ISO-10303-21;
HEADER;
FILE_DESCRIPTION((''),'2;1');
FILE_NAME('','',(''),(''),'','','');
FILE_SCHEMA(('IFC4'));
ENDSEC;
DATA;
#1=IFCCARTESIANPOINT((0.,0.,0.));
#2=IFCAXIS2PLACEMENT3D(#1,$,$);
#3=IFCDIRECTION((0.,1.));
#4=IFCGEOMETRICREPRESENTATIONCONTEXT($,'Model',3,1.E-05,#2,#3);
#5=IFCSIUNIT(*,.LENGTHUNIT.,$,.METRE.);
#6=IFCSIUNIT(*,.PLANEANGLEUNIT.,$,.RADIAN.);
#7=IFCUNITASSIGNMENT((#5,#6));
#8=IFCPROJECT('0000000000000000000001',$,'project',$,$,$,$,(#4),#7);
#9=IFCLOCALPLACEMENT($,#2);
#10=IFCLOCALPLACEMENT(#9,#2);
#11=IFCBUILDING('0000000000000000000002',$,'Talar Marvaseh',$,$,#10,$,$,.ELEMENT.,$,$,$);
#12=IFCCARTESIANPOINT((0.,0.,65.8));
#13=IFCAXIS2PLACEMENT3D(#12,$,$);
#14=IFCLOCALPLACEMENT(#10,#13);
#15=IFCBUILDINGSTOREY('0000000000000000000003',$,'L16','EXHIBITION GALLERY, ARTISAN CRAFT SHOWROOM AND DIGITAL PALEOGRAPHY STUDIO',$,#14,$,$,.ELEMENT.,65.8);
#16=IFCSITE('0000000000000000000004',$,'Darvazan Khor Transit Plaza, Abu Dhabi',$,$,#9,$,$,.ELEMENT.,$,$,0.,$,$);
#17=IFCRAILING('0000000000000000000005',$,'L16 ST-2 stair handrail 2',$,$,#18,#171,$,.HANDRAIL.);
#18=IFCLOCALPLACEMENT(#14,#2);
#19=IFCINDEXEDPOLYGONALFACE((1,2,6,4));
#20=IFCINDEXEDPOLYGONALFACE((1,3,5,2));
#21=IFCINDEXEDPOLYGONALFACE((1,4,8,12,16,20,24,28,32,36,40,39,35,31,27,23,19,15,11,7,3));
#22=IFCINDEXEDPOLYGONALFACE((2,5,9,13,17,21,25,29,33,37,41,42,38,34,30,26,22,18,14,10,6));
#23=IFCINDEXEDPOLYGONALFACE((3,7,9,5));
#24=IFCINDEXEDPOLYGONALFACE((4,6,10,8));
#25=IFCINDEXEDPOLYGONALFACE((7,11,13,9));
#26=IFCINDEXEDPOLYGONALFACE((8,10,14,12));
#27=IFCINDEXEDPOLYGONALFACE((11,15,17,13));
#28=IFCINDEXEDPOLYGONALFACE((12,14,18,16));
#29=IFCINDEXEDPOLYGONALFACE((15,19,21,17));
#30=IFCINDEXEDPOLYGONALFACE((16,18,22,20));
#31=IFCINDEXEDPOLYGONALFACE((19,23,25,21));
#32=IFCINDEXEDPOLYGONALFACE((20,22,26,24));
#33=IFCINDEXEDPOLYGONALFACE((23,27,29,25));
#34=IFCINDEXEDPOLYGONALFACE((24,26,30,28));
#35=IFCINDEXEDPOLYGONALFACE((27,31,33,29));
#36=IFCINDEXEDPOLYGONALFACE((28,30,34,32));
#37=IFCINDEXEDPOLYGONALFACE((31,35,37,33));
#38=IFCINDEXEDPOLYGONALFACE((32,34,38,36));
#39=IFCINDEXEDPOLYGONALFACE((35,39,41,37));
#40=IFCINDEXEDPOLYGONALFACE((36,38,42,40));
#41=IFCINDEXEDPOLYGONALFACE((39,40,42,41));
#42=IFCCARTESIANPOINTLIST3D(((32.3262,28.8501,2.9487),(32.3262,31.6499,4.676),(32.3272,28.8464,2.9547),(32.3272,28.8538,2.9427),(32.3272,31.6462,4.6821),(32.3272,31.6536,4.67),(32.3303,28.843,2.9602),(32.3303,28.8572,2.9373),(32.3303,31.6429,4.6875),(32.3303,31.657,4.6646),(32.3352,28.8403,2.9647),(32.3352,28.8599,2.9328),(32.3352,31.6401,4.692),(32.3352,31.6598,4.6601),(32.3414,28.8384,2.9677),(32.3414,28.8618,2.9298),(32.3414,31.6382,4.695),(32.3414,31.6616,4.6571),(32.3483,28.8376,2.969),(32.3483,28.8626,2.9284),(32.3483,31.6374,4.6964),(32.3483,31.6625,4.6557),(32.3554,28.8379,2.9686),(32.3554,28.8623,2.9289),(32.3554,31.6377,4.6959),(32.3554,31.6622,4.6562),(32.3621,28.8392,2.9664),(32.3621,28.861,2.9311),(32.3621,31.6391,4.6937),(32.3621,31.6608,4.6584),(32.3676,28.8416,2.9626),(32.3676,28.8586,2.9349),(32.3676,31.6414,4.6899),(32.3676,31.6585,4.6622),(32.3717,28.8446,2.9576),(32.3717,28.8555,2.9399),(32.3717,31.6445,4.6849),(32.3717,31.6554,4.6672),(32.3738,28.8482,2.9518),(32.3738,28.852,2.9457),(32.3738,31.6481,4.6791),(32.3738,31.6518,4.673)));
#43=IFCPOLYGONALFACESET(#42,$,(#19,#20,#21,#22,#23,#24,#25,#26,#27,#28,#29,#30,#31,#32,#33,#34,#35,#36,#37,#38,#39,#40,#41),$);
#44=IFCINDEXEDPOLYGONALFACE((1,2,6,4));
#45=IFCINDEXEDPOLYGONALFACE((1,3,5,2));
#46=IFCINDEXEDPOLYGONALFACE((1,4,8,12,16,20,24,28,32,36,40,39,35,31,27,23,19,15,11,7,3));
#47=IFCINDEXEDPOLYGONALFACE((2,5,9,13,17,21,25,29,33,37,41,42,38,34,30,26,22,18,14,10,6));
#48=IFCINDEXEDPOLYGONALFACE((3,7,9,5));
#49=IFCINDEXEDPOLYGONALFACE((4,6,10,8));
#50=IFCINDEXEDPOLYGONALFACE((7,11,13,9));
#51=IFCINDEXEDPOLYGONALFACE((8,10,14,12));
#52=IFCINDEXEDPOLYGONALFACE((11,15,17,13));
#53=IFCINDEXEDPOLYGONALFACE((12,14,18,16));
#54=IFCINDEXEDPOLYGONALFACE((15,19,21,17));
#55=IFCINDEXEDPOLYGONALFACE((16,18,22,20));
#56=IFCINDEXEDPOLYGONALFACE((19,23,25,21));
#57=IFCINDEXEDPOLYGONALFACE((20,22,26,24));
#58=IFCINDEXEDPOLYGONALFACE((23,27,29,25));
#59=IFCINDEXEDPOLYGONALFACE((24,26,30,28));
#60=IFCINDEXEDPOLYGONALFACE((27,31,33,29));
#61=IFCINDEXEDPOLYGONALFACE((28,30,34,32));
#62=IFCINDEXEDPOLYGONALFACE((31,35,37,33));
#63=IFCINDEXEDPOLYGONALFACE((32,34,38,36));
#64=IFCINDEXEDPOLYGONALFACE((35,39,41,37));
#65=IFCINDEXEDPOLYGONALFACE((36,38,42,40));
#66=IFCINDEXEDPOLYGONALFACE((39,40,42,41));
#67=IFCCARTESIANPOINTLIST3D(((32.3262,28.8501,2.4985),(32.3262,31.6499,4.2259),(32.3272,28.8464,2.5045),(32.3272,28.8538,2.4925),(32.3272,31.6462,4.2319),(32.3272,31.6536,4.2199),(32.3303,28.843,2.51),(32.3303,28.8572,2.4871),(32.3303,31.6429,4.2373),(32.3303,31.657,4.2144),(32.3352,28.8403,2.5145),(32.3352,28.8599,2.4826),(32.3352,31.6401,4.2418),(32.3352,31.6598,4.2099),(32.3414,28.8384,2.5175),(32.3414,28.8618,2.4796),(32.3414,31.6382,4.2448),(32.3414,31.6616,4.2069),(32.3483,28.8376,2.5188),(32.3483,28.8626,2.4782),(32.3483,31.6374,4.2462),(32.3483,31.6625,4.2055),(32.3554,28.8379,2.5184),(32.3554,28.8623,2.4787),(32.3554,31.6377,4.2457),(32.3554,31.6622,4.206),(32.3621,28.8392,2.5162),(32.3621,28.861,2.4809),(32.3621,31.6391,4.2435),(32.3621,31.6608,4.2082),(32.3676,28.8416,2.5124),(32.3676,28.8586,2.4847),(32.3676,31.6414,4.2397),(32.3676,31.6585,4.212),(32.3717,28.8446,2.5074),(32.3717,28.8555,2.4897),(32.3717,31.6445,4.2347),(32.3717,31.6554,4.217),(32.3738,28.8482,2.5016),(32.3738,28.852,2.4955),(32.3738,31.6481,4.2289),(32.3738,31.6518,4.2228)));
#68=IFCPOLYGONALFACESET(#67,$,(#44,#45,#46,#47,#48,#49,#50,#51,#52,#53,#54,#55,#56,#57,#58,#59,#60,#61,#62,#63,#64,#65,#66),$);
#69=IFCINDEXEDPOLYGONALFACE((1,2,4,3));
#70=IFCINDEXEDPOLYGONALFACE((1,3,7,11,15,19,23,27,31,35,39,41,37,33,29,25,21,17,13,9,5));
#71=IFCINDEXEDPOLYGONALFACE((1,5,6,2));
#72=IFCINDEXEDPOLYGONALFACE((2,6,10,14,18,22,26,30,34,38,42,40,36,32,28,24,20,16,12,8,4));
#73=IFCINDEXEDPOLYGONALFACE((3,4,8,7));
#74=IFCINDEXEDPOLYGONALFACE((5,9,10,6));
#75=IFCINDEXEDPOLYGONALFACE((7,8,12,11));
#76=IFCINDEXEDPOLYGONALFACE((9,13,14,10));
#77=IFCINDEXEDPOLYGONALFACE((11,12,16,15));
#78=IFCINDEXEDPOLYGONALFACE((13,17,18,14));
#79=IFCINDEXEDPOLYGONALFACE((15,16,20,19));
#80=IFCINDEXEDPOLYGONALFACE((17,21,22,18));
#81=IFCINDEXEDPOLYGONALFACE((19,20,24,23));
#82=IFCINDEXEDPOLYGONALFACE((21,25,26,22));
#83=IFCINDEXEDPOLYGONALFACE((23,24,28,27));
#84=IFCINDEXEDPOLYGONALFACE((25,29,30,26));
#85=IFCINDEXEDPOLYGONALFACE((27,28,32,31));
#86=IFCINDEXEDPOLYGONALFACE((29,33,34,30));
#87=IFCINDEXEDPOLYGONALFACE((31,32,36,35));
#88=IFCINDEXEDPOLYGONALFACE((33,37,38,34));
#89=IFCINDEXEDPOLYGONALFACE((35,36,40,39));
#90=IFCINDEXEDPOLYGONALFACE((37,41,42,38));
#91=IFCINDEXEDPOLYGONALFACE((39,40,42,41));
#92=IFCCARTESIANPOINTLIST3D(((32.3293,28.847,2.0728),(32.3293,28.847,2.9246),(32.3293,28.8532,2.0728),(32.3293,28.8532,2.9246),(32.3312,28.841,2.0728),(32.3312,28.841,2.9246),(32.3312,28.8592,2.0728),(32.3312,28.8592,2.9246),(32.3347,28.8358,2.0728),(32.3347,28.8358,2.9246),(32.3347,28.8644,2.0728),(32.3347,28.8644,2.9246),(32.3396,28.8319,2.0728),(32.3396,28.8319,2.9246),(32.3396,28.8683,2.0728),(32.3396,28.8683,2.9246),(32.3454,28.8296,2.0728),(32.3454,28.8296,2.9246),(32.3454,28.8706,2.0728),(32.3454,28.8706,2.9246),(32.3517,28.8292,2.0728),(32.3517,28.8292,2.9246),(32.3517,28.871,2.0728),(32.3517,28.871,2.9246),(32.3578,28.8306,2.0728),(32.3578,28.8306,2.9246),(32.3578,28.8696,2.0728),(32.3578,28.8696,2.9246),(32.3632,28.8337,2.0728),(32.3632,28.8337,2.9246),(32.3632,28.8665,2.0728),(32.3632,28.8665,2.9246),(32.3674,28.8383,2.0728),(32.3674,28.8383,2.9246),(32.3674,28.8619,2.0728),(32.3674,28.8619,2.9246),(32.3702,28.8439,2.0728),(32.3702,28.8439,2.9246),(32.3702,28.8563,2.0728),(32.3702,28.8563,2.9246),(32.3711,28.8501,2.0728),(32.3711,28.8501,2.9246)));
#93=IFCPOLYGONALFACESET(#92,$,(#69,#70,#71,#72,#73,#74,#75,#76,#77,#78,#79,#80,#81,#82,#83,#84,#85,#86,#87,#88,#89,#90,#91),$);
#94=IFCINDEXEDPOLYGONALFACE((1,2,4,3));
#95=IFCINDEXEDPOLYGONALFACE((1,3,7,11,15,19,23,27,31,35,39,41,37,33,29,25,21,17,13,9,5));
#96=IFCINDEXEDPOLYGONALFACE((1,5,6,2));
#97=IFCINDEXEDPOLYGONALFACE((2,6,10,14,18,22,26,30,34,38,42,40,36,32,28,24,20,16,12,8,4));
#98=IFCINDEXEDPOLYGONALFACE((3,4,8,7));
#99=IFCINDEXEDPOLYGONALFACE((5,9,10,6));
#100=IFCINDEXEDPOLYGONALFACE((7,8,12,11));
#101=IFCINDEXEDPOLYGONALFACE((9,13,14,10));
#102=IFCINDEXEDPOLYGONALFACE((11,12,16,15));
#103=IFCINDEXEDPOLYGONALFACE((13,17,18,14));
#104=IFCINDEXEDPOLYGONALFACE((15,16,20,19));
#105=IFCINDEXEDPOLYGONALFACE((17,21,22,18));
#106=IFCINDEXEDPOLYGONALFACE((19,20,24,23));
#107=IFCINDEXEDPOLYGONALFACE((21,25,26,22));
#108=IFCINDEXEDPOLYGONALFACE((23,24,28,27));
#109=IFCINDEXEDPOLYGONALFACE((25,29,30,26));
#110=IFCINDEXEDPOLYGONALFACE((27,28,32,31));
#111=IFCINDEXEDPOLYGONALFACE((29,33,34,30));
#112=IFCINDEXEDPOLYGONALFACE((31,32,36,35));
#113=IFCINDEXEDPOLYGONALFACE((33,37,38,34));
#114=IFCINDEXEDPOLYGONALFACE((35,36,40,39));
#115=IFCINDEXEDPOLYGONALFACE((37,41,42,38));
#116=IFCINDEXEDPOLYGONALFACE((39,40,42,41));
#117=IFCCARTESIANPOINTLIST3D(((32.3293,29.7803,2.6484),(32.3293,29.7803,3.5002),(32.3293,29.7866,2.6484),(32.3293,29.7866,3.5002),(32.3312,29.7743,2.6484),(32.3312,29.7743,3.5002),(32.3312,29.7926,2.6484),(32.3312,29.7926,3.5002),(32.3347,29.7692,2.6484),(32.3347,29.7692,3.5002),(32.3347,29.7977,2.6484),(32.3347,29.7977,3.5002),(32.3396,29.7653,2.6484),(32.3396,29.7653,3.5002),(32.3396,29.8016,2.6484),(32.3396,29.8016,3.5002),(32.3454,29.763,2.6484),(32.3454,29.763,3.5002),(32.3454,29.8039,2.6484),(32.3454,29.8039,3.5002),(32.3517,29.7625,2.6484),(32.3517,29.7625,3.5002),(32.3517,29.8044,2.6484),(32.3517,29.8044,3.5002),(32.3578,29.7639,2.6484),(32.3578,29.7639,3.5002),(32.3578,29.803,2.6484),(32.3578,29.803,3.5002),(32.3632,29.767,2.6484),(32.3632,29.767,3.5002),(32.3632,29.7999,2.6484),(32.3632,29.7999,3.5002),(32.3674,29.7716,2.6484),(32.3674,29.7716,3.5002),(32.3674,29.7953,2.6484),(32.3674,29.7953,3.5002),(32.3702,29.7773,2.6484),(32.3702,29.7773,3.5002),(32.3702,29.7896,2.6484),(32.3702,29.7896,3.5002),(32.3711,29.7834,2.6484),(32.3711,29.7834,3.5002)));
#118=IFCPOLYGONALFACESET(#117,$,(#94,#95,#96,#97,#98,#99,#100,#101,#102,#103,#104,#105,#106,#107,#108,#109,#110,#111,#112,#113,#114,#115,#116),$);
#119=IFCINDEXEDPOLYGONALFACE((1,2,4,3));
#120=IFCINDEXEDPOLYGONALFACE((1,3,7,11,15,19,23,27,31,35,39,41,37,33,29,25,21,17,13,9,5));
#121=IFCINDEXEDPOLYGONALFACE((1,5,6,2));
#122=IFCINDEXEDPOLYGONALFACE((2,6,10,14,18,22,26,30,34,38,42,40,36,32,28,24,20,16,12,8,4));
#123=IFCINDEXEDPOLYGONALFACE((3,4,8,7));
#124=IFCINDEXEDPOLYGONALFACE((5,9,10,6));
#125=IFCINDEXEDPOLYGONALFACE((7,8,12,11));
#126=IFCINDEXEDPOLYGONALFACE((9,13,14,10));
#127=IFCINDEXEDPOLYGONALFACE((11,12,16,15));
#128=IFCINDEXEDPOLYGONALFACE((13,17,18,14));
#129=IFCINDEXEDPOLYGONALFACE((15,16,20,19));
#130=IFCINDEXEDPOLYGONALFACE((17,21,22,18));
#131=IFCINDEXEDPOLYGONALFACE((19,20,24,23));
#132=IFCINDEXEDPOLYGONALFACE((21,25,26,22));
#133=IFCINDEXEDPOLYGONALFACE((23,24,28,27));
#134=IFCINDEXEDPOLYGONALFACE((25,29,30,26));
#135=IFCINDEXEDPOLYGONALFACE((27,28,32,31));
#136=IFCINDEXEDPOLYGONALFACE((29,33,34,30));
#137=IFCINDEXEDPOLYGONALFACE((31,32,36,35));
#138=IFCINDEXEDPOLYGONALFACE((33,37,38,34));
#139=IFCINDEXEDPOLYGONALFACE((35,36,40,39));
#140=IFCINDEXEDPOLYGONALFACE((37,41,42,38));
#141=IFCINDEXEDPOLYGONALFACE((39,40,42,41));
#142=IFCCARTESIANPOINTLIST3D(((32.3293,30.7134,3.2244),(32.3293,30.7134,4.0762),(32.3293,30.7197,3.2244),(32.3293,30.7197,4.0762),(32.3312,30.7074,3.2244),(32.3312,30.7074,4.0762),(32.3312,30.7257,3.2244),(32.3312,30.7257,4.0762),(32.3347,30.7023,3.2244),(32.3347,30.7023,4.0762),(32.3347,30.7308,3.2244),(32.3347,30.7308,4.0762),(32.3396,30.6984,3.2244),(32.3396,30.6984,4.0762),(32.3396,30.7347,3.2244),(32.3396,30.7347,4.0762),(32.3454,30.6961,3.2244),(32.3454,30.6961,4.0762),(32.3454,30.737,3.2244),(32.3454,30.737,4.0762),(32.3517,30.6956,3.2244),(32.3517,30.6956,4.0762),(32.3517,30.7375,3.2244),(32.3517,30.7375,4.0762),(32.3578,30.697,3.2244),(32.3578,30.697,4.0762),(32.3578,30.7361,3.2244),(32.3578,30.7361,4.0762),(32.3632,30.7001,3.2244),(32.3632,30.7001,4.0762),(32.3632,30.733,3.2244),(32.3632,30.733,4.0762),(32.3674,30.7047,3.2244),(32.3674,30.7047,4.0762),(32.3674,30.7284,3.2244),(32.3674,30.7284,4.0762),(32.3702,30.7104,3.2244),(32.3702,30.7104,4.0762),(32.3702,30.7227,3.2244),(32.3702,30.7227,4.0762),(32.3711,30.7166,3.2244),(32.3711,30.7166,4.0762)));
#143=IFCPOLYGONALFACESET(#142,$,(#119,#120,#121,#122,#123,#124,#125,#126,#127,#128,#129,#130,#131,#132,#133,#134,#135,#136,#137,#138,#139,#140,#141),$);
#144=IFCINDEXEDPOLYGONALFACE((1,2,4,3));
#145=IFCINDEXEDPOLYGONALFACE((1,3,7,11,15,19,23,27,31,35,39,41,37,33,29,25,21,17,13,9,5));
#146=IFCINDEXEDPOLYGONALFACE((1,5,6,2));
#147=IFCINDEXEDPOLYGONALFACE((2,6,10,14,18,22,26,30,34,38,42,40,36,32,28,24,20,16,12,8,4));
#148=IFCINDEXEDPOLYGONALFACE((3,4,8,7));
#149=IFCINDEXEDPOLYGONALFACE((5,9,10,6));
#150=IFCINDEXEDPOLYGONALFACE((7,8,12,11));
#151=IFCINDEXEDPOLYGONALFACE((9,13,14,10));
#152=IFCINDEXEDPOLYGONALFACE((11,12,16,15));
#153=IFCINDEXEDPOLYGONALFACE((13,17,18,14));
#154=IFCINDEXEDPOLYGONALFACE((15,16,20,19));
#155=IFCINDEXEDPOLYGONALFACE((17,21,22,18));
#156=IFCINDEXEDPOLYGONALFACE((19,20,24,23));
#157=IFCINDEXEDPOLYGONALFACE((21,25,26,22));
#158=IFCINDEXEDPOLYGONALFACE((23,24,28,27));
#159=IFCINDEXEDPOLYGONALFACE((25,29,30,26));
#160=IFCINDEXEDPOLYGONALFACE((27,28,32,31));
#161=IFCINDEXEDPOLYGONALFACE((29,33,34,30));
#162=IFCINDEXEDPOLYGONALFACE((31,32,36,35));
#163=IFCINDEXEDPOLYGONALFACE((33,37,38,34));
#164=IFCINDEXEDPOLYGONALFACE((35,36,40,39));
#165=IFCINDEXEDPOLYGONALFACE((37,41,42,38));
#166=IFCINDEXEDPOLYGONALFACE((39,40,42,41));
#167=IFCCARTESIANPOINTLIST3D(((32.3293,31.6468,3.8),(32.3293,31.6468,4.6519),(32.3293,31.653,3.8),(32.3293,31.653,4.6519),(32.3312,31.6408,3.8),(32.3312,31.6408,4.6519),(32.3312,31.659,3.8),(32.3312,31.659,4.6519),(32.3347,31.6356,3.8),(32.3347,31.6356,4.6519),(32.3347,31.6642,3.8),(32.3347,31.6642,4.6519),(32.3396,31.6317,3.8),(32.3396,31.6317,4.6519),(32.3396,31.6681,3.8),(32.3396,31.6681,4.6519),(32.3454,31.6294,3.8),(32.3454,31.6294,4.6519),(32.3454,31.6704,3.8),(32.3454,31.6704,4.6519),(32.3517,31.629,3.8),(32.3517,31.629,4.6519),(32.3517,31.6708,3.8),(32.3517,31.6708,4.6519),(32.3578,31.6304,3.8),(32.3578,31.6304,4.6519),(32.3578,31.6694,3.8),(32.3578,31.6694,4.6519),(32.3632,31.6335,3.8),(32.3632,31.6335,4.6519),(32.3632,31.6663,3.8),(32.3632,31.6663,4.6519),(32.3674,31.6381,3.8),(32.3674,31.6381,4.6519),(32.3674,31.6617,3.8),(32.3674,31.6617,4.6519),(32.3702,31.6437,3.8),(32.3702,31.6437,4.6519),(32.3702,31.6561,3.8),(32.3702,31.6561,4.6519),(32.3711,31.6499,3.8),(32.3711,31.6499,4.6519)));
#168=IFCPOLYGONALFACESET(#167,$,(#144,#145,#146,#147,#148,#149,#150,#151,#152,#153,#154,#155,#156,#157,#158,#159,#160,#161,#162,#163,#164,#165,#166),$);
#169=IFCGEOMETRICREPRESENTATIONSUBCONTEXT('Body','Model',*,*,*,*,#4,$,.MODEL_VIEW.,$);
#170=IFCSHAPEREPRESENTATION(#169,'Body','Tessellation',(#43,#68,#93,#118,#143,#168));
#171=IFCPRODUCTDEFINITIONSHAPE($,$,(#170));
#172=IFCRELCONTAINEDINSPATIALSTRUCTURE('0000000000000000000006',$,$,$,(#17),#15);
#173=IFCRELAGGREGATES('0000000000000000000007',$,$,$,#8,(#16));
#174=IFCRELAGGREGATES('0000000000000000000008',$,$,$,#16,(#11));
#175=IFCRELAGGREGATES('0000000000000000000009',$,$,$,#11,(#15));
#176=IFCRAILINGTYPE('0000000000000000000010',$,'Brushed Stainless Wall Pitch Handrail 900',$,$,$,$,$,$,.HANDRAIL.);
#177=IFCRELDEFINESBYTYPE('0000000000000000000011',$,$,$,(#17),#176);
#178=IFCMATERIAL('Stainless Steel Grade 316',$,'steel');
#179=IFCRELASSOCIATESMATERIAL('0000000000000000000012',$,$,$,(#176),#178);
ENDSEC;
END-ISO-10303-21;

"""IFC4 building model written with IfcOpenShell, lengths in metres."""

from ifc_helpers import new_model, si_unit, direction, frame, origin, origin_2d, place, context, subcontext, project, spatial, circle, extrude, material, type_object, element, save


model = new_model("IFC4")

# Units and contexts
model_context = context("Model", 3, precision=1e-05, world=origin(), true_north=direction((0.0, 1.0)))
body_context = subcontext(model_context, "Body", "Model", "MODEL_VIEW")
ifc_project = project(units=[si_unit("LENGTHUNIT", "METRE"), si_unit("PLANEANGLEUNIT", "RADIAN")], contexts=[model_context])

# Site, building, storey
site_placement = place(None, origin())
site = spatial("IfcSite", under=ifc_project, at=site_placement, Name="Darvazan Khor Transit Plaza, Abu Dhabi", CompositionType="ELEMENT", RefElevation=0.0)
building_placement = place(site_placement, origin())
building = spatial("IfcBuilding", under=site, at=building_placement, Name="Talar Marvaseh", CompositionType="ELEMENT")
storey_placement = place(building_placement, frame((0.0, 0.0, 65.8)))
storey = spatial("IfcBuildingStorey", under=building, at=storey_placement, Name="L16", Description="EXHIBITION GALLERY, ARTISAN CRAFT SHOWROOM AND DIGITAL PALEOGRAPHY STUDIO", CompositionType="ELEMENT", Elevation=65.8)

# Railing
ifc_material_1 = material(Name="Stainless Steel Grade 316", Category="steel")
railing_type = type_object("IfcRailingType", Name="Brushed Stainless Wall Pitch Handrail 900", PredefinedType="HANDRAIL", material=ifc_material_1)
railing_placement = place(storey_placement, frame((32.3501, 28.8501, 2.0728)))
element("IfcRailing", 1, at=railing_placement, inside=storey, type_object=railing_type, Name="L16 ST-2 stair handrail 2", PredefinedType="HANDRAIL", context=body_context, shape_type="SweptSolid", body=[
    extrude(circle(Radius=0.0239, at=origin_2d()), frame((0.0, 0.0, 0.876), z_axis=(0.0, 0.851069, 0.525054), x_axis=(-1.0, 0.0, 0.0)), (0.0, 0.0, 1.0), 3.2898),
    extrude(circle(Radius=0.0239, at=origin_2d()), frame((0.0, 0.0, 0.4258), z_axis=(0.0, 0.851069, 0.525054), x_axis=(-1.0, 0.0, 0.0)), (0.0, 0.0, 1.0), 3.2898),
    extrude(circle(Radius=0.021, at=origin_2d()), origin(), (0.0, 0.0, 1.0), 0.8518),
    extrude(circle(Radius=0.021, at=origin_2d()), frame((0.0, 0.9333, 0.5757)), (0.0, 0.0, 1.0), 0.8518),
    extrude(circle(Radius=0.021, at=origin_2d()), frame((0.0, 1.8665, 1.1516)), (0.0, 0.0, 1.0), 0.8518),
    extrude(circle(Radius=0.021, at=origin_2d()), frame((0.0, 2.7998, 1.7273)), (0.0, 0.0, 1.0), 0.8518),
])

save(model, "model.ifc")
